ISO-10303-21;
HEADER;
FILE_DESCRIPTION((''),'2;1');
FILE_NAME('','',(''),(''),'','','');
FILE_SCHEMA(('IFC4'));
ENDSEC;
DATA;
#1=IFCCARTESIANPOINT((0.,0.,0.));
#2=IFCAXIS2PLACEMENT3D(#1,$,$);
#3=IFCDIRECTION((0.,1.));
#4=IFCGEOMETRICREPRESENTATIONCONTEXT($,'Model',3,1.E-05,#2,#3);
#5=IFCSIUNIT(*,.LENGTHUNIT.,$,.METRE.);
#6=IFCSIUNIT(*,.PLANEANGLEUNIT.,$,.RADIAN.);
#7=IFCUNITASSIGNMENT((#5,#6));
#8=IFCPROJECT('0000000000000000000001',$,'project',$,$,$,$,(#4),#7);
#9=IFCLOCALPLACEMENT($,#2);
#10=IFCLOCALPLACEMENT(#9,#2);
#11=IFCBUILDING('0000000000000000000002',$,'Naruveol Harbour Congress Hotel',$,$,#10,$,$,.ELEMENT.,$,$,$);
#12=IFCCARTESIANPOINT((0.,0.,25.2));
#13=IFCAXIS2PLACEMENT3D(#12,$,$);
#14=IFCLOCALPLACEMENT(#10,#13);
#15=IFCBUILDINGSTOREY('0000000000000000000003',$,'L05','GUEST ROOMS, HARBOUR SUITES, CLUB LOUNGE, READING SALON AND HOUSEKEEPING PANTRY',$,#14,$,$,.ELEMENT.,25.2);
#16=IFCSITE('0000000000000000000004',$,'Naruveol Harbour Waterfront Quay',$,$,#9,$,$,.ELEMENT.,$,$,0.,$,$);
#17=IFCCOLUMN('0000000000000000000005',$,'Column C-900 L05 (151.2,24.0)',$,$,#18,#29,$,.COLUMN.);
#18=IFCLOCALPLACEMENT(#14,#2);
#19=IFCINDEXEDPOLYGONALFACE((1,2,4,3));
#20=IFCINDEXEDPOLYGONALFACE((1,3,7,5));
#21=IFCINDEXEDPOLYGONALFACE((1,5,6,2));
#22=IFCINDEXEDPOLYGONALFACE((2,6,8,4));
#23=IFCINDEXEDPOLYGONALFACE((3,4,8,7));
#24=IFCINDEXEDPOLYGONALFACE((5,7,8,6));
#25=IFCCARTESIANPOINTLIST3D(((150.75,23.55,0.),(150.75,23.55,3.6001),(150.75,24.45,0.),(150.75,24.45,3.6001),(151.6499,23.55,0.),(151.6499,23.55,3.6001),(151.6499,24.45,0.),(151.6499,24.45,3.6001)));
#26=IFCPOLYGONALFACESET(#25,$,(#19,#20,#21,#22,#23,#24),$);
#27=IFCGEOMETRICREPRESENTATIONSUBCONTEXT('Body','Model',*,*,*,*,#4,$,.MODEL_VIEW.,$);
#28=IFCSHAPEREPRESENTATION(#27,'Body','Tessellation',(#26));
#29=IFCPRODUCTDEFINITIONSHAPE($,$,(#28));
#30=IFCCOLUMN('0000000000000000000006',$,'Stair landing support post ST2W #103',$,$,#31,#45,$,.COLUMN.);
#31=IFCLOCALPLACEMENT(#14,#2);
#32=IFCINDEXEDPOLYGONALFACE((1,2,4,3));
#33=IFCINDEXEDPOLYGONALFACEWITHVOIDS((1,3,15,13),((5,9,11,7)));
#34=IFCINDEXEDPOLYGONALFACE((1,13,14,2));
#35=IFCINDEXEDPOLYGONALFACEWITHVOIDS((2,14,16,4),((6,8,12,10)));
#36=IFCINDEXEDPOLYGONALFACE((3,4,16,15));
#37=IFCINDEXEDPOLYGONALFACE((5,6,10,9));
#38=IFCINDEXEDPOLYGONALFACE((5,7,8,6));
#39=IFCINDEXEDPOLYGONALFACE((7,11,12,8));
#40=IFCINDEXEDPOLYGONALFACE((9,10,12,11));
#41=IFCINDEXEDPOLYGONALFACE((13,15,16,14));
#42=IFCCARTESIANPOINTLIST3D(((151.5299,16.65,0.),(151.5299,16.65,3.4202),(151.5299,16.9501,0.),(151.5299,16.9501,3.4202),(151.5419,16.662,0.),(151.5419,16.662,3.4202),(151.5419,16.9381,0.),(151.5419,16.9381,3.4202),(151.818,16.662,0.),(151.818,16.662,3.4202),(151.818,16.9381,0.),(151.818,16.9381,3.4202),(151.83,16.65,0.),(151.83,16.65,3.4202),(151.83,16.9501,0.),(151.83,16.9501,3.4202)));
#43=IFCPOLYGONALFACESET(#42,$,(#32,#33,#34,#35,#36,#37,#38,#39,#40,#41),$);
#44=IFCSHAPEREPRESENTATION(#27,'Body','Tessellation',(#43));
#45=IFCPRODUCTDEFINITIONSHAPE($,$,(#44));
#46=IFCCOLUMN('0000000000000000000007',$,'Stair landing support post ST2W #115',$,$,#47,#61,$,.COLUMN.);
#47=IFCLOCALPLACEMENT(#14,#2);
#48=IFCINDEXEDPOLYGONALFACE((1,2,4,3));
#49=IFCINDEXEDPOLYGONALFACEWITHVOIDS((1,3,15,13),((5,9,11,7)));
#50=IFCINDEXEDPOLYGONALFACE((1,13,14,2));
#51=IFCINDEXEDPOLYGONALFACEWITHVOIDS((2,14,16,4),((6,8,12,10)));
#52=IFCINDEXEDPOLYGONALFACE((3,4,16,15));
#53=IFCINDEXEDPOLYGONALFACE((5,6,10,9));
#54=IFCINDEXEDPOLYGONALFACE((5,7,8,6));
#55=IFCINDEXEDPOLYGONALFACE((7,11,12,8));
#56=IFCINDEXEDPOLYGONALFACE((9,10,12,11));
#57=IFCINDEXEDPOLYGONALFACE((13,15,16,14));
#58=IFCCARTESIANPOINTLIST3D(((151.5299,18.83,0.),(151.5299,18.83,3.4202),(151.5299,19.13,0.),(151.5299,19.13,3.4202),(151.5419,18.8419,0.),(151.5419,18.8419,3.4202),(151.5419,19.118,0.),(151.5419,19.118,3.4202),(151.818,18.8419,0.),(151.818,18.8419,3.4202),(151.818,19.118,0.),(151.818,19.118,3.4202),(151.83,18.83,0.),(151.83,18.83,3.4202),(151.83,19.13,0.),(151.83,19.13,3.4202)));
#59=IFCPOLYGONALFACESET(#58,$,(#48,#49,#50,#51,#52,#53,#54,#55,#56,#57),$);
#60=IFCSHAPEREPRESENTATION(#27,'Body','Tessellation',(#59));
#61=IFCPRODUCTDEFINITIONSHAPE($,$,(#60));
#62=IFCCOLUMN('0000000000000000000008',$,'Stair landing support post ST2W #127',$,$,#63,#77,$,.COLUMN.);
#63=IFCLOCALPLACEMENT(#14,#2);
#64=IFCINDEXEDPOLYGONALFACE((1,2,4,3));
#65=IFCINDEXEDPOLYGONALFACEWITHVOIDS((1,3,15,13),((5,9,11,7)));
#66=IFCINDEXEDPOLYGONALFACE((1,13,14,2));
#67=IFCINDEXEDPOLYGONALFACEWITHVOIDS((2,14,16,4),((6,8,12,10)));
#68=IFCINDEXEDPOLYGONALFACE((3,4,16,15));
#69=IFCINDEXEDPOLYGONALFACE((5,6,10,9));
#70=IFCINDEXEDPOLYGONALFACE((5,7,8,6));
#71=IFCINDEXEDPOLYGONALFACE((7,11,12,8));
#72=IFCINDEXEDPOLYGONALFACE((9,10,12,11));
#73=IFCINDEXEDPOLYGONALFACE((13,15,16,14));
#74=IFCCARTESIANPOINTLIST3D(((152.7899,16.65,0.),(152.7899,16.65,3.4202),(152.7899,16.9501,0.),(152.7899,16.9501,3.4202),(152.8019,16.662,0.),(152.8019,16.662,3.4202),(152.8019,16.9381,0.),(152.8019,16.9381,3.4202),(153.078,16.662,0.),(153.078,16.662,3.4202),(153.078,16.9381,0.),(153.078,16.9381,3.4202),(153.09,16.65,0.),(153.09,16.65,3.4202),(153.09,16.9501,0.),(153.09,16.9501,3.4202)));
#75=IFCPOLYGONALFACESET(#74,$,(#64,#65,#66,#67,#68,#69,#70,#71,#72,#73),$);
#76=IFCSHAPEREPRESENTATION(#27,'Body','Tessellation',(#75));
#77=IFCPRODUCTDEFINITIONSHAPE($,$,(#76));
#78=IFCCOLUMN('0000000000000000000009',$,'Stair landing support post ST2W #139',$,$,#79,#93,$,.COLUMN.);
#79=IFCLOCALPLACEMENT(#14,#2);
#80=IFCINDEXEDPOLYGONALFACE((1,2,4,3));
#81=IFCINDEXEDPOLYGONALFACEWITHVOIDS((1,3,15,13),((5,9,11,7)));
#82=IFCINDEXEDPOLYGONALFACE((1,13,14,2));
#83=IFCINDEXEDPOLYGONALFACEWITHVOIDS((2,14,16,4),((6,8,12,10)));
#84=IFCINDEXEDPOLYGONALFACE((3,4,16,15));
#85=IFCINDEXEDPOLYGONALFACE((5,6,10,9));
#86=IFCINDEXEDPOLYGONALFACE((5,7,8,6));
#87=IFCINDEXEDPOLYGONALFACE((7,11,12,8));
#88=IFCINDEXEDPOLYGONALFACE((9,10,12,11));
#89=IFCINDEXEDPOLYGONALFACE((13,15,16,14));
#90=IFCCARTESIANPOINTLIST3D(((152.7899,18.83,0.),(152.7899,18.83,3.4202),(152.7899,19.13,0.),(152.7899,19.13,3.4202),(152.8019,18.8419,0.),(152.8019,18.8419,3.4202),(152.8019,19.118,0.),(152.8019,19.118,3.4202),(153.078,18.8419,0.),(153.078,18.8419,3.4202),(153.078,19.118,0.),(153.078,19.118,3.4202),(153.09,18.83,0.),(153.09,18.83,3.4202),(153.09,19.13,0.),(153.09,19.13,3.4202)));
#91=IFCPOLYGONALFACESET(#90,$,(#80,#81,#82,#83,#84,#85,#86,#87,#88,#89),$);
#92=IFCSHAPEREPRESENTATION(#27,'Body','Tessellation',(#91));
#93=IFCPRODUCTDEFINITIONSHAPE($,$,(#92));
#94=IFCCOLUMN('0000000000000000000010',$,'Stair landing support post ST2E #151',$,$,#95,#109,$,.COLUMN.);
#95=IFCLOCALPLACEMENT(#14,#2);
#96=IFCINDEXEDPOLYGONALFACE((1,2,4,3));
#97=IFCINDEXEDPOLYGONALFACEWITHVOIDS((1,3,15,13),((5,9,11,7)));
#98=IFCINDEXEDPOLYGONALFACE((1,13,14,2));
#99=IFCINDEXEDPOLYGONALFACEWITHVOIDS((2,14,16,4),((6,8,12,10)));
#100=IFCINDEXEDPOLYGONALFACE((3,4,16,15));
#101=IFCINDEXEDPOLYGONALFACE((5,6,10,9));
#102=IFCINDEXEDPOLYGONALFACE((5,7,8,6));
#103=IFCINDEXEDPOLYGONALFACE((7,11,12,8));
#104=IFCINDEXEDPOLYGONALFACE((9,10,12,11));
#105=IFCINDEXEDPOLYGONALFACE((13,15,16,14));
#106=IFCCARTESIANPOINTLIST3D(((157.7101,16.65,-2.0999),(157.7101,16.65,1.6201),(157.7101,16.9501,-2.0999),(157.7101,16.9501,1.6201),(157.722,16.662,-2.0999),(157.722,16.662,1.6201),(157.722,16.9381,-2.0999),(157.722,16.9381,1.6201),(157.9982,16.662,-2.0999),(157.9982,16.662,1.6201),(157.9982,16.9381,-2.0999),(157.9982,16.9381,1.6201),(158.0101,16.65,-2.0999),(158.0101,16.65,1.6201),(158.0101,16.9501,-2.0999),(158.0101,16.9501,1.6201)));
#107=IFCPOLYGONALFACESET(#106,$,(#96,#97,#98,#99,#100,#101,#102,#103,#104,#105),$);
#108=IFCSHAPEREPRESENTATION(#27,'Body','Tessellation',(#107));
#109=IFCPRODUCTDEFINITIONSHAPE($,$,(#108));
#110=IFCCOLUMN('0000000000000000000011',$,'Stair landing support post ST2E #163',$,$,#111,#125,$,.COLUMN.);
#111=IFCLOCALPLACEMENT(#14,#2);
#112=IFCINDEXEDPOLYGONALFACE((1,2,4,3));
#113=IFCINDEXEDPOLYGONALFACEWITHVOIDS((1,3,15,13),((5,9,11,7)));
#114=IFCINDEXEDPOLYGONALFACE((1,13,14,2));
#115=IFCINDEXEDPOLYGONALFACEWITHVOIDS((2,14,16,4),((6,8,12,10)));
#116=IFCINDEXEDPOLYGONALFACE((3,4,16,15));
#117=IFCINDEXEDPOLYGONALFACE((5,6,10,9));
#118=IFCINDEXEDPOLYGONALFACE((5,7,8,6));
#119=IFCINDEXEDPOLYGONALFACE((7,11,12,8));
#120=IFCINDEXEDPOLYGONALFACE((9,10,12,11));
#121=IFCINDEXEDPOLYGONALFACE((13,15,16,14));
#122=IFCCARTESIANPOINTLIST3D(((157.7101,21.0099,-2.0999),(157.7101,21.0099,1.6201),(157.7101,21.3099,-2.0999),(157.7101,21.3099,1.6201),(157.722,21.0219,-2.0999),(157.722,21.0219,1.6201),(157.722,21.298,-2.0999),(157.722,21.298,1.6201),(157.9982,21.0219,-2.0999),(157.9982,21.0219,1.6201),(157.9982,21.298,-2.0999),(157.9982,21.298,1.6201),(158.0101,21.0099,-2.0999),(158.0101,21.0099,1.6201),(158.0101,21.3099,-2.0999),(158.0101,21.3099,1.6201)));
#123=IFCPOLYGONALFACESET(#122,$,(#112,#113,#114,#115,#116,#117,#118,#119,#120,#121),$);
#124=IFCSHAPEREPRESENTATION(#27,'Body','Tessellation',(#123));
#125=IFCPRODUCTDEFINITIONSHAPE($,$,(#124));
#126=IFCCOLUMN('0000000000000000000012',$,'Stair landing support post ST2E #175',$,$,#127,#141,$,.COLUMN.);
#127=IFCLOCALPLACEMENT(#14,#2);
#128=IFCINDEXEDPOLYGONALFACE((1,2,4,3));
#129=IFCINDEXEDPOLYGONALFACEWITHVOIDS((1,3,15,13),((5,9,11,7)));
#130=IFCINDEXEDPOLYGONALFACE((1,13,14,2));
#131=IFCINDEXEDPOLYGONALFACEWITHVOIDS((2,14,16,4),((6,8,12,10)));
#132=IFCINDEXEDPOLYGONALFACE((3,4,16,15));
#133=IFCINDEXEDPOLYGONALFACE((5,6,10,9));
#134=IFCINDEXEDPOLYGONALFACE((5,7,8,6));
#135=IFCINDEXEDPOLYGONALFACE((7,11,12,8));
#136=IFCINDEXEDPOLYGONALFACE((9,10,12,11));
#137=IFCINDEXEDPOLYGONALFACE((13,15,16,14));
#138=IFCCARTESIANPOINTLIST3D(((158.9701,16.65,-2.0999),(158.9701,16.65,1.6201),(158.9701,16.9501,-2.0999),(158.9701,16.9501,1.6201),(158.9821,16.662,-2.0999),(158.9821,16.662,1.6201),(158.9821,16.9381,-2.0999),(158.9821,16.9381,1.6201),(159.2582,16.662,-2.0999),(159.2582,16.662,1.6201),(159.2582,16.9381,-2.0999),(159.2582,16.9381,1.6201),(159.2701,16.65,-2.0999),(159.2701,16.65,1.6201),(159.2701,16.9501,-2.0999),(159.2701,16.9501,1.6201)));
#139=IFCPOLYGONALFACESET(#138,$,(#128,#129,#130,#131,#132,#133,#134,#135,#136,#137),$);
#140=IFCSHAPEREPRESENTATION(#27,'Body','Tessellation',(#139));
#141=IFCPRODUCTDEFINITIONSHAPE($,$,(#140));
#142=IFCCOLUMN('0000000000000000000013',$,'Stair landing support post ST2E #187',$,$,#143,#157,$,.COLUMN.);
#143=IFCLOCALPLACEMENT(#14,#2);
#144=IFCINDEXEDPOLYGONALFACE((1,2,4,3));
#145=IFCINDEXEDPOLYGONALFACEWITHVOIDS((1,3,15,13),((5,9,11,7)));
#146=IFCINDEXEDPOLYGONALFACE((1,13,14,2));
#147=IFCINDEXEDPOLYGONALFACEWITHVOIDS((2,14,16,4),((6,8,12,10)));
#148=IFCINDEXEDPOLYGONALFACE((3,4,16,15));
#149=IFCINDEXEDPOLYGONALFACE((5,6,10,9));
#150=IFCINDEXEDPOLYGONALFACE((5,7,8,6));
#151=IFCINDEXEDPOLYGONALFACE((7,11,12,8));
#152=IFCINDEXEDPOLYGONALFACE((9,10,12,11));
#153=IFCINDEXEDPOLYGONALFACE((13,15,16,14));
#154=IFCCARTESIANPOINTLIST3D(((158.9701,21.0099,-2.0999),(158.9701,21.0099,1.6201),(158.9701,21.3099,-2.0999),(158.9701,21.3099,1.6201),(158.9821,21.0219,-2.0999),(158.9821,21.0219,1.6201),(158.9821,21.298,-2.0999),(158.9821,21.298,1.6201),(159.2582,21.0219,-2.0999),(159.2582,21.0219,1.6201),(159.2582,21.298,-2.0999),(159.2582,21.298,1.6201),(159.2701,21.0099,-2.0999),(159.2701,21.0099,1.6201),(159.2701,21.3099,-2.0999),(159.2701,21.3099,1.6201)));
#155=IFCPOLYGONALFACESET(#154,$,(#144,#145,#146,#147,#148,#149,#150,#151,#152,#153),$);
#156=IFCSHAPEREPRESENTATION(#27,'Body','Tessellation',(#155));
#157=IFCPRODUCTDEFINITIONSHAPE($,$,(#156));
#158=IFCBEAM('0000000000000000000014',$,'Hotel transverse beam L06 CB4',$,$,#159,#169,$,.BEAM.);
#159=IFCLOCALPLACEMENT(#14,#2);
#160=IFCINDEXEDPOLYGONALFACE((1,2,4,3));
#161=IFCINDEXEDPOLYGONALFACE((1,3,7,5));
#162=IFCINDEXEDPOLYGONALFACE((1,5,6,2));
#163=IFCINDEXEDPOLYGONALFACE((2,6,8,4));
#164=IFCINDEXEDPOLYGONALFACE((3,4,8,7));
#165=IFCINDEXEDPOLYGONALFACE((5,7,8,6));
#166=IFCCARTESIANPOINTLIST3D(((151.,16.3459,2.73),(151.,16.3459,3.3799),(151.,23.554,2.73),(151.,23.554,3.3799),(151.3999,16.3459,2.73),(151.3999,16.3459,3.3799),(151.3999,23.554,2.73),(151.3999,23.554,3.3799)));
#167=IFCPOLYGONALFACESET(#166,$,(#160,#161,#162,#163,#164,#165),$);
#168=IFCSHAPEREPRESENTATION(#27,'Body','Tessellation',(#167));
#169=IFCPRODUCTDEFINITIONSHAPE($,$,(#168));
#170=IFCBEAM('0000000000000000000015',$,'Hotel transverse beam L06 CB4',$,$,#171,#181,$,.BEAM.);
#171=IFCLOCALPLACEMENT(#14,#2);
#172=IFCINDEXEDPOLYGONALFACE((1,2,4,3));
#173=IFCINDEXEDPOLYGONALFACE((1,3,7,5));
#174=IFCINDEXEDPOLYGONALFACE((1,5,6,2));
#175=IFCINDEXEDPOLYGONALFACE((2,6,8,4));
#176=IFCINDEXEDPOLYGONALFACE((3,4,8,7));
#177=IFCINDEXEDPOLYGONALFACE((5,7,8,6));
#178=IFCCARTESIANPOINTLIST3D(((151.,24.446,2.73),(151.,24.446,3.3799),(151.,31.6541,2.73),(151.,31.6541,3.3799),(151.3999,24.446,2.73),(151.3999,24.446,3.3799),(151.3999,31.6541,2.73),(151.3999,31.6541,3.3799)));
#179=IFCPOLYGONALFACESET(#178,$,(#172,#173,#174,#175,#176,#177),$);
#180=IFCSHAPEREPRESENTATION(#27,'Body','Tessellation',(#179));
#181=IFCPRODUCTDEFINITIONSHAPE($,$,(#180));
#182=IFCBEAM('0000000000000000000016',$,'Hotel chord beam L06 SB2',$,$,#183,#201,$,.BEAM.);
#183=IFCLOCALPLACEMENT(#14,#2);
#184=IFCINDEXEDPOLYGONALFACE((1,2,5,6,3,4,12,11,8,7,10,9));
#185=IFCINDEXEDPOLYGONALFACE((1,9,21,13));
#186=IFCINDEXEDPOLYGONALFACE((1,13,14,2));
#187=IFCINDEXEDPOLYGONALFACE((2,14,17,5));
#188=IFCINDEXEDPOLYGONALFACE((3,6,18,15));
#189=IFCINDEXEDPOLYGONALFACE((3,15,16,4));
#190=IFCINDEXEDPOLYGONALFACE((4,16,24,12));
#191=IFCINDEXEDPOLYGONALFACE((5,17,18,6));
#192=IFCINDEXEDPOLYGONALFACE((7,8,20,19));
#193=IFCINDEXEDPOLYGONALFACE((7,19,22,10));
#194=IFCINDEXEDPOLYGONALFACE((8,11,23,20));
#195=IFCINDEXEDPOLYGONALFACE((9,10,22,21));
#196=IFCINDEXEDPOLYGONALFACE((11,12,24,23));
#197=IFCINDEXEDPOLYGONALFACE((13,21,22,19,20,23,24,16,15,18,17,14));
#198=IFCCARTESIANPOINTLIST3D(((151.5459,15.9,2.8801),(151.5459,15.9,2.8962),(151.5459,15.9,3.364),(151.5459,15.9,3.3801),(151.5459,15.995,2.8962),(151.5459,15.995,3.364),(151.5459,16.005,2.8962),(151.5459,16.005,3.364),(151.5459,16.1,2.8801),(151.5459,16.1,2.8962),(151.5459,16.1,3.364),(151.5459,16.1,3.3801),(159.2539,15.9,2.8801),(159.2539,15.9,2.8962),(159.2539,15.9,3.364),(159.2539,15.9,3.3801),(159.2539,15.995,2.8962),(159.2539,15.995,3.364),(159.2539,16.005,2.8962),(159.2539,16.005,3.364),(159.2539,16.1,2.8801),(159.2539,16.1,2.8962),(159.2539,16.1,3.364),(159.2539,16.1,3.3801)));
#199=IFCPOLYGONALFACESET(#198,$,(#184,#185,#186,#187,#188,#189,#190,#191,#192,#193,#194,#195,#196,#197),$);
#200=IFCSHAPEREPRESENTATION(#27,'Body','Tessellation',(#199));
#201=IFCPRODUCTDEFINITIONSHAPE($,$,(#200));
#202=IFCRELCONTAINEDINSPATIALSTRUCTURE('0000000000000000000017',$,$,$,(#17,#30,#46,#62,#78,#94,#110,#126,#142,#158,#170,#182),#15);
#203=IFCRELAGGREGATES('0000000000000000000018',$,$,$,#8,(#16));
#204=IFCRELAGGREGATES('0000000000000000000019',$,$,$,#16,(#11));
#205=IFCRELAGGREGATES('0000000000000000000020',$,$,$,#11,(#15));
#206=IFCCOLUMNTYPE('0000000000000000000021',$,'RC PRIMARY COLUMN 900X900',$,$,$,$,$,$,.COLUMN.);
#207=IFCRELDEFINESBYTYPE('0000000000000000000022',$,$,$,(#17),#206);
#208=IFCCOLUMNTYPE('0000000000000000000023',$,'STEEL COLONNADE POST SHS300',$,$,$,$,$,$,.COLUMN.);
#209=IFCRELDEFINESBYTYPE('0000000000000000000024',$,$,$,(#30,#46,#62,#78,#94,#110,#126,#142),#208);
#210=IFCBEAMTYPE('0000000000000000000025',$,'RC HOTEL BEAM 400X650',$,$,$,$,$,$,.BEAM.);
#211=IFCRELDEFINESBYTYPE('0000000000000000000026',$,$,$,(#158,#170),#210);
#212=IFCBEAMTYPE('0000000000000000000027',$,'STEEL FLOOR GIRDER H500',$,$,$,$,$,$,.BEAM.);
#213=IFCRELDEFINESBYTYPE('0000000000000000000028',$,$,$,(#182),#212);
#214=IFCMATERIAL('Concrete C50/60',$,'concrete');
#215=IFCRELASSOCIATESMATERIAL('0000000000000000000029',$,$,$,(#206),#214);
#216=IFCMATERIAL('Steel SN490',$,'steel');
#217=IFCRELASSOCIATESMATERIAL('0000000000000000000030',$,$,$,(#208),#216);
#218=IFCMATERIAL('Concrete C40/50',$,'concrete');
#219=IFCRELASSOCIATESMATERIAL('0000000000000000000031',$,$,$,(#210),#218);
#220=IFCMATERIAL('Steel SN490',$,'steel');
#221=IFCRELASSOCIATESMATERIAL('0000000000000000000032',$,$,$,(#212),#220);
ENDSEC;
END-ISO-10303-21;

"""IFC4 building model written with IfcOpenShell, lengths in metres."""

from ifc_helpers import new_model, si_unit, direction, frame, origin, origin_2d, place, context, subcontext, project, spatial, rectangle, hollow_rectangle, i_section, extrude, material, material_profile, profile_set, type_object, element, save


model = new_model("IFC4")

# Units and contexts
model_context = context("Model", 3, precision=1e-05, world=origin(), true_north=direction((0.0, 1.0)))
body_context = subcontext(model_context, "Body", "Model", "MODEL_VIEW")
ifc_project = project(units=[si_unit("LENGTHUNIT", "METRE"), si_unit("PLANEANGLEUNIT", "RADIAN")], contexts=[model_context])

# Site, building, storey
site_placement = place(None, origin())
site = spatial("IfcSite", under=ifc_project, at=site_placement, Name="Naruveol Harbour Waterfront Quay", CompositionType="ELEMENT", RefElevation=0.0)
building_placement = place(site_placement, origin())
building = spatial("IfcBuilding", under=site, at=building_placement, Name="Naruveol Harbour Congress Hotel", CompositionType="ELEMENT")
storey_placement = place(building_placement, frame((0.0, 0.0, 25.2)))
storey = spatial("IfcBuildingStorey", under=building, at=storey_placement, Name="L05", Description="GUEST ROOMS, HARBOUR SUITES, CLUB LOUNGE, READING SALON AND HOUSEKEEPING PANTRY", CompositionType="ELEMENT", Elevation=25.2)

# Columns
ifc_material_1 = material(Name="Concrete C50/60", Category="concrete")
ifc_material_profile_1 = material_profile(ifc_material_1, rectangle(XDim=0.8999, YDim=0.8999, at=origin_2d()), Name="RC-900x900")
ifc_profile_set_1 = profile_set([ifc_material_profile_1], Name="Concrete C50/60")
column_type_1 = type_object("IfcColumnType", Name="RC PRIMARY COLUMN 900X900", PredefinedType="COLUMN", material=ifc_profile_set_1)
column_placement = place(storey_placement, frame((151.2, 24.0, 0.0), z_axis=(0.0, 0.0, 1.0), x_axis=(1.0, 0.0, 0.0)))
element("IfcColumn", 1, at=column_placement, inside=storey, type_object=column_type_1, Name="Column C-900 L05 (151.2,24.0)", PredefinedType="COLUMN", context=body_context, shape_type="SweptSolid", body=[
    extrude(rectangle(XDim=0.8999, YDim=0.8999, at=origin_2d()), origin(), (0.0, 0.0, 1.0), 3.6001),
])
ifc_material_2 = material(Name="Steel SN490", Category="steel")
ifc_material_profile_2 = material_profile(ifc_material_2, hollow_rectangle(XDim=0.3, YDim=0.3, WallThickness=0.012, at=origin_2d()), Name="SHS-300x300x12")
ifc_profile_set_2 = profile_set([ifc_material_profile_2], Name="Steel SN490")
column_type_2 = type_object("IfcColumnType", Name="STEEL COLONNADE POST SHS300", PredefinedType="COLUMN", material=ifc_profile_set_2)
for number, where, z_axis, x_axis, name in (
    (2, (151.6799, 16.8, 0.0), (0.0, 0.0, 1.0), (1.0, 0.0, 0.0), "Stair landing support post ST2W #103"),
    (3, (151.6799, 18.98, 0.0), (0.0, 0.0, 1.0), (1.0, 0.0, 0.0), "Stair landing support post ST2W #115"),
    (4, (152.9399, 16.8, 0.0), (0.0, 0.0, 1.0), (1.0, 0.0, 0.0), "Stair landing support post ST2W #127"),
    (5, (152.9399, 18.98, 0.0), (0.0, 0.0, 1.0), (1.0, 0.0, 0.0), "Stair landing support post ST2W #139"),
):
    element("IfcColumn", number, at=place(storey_placement, frame(where, z_axis=z_axis, x_axis=x_axis)), inside=storey, type_object=column_type_2, Name=name, PredefinedType="COLUMN", context=body_context, shape_type="SweptSolid", body=[
        extrude(hollow_rectangle(XDim=0.3, YDim=0.3, WallThickness=0.012, at=origin_2d()), origin(), (0.0, 0.0, 1.0), 3.4202),
    ])
for number, where, z_axis, x_axis, name in (
    (6, (157.8601, 16.8, -2.0999), (0.0, 0.0, 1.0), (1.0, 0.0, 0.0), "Stair landing support post ST2E #151"),
    (7, (157.8601, 21.1599, -2.0999), (0.0, 0.0, 1.0), (1.0, 0.0, 0.0), "Stair landing support post ST2E #163"),
    (8, (159.1201, 16.8, -2.0999), (0.0, 0.0, 1.0), (1.0, 0.0, 0.0), "Stair landing support post ST2E #175"),
    (9, (159.1201, 21.1599, -2.0999), (0.0, 0.0, 1.0), (1.0, 0.0, 0.0), "Stair landing support post ST2E #187"),
):
    element("IfcColumn", number, at=place(storey_placement, frame(where, z_axis=z_axis, x_axis=x_axis)), inside=storey, type_object=column_type_2, Name=name, PredefinedType="COLUMN", context=body_context, shape_type="SweptSolid", body=[
        extrude(hollow_rectangle(XDim=0.3, YDim=0.3, WallThickness=0.012, at=origin_2d()), origin(), (0.0, 0.0, 1.0), 3.72),
    ])

# Beams
ifc_material_3 = material(Name="Concrete C40/50", Category="concrete")
ifc_material_profile_3 = material_profile(ifc_material_3, rectangle(XDim=0.3999, YDim=0.6499, at=origin_2d()), Name="RCB-400x650")
ifc_profile_set_3 = profile_set([ifc_material_profile_3], Name="Concrete C40/50")
beam_type_1 = type_object("IfcBeamType", Name="RC HOTEL BEAM 400X650", PredefinedType="BEAM", material=ifc_profile_set_3)
for number, where, z_axis, x_axis, name in (
    (10, (151.2, 16.3459, 3.0549), (0.0, 1.0, 0.0), (-1.0, 0.0, 0.0), "Hotel transverse beam L06 CB4"),
    (11, (151.2, 24.446, 3.0549), (0.0, 1.0, 0.0), (-1.0, 0.0, 0.0), "Hotel transverse beam L06 CB4"),
):
    element("IfcBeam", number, at=place(storey_placement, frame(where, z_axis=z_axis, x_axis=x_axis)), inside=storey, type_object=beam_type_1, Name=name, PredefinedType="BEAM", context=body_context, shape_type="SweptSolid", body=[
        extrude(rectangle(XDim=0.3999, YDim=0.6499, at=origin_2d()), origin(), (0.0, 0.0, 1.0), 7.208),
    ])
ifc_material_4 = material(Name="Steel SN490", Category="steel")
ifc_material_profile_4 = material_profile(ifc_material_4, i_section(OverallWidth=0.2, OverallDepth=0.5, WebThickness=0.01, FlangeThickness=0.0161, at=origin_2d()), Name="H-500x200x10x16")
ifc_profile_set_4 = profile_set([ifc_material_profile_4], Name="Steel SN490")
beam_type_2 = type_object("IfcBeamType", Name="STEEL FLOOR GIRDER H500", PredefinedType="BEAM", material=ifc_profile_set_4)
beam_1_placement = place(storey_placement, frame((151.5459, 16.0, 3.1301), z_axis=(1.0, 0.0, 0.0), x_axis=(0.0, 1.0, 0.0)))
element("IfcBeam", 12, at=beam_1_placement, inside=storey, type_object=beam_type_2, Name="Hotel chord beam L06 SB2", PredefinedType="BEAM", context=body_context, shape_type="SweptSolid", body=[
    extrude(i_section(OverallWidth=0.2, OverallDepth=0.5, WebThickness=0.01, FlangeThickness=0.0161, at=origin_2d()), origin(), (0.0, 0.0, 1.0), 7.708),
])

save(model, "model.ifc")
